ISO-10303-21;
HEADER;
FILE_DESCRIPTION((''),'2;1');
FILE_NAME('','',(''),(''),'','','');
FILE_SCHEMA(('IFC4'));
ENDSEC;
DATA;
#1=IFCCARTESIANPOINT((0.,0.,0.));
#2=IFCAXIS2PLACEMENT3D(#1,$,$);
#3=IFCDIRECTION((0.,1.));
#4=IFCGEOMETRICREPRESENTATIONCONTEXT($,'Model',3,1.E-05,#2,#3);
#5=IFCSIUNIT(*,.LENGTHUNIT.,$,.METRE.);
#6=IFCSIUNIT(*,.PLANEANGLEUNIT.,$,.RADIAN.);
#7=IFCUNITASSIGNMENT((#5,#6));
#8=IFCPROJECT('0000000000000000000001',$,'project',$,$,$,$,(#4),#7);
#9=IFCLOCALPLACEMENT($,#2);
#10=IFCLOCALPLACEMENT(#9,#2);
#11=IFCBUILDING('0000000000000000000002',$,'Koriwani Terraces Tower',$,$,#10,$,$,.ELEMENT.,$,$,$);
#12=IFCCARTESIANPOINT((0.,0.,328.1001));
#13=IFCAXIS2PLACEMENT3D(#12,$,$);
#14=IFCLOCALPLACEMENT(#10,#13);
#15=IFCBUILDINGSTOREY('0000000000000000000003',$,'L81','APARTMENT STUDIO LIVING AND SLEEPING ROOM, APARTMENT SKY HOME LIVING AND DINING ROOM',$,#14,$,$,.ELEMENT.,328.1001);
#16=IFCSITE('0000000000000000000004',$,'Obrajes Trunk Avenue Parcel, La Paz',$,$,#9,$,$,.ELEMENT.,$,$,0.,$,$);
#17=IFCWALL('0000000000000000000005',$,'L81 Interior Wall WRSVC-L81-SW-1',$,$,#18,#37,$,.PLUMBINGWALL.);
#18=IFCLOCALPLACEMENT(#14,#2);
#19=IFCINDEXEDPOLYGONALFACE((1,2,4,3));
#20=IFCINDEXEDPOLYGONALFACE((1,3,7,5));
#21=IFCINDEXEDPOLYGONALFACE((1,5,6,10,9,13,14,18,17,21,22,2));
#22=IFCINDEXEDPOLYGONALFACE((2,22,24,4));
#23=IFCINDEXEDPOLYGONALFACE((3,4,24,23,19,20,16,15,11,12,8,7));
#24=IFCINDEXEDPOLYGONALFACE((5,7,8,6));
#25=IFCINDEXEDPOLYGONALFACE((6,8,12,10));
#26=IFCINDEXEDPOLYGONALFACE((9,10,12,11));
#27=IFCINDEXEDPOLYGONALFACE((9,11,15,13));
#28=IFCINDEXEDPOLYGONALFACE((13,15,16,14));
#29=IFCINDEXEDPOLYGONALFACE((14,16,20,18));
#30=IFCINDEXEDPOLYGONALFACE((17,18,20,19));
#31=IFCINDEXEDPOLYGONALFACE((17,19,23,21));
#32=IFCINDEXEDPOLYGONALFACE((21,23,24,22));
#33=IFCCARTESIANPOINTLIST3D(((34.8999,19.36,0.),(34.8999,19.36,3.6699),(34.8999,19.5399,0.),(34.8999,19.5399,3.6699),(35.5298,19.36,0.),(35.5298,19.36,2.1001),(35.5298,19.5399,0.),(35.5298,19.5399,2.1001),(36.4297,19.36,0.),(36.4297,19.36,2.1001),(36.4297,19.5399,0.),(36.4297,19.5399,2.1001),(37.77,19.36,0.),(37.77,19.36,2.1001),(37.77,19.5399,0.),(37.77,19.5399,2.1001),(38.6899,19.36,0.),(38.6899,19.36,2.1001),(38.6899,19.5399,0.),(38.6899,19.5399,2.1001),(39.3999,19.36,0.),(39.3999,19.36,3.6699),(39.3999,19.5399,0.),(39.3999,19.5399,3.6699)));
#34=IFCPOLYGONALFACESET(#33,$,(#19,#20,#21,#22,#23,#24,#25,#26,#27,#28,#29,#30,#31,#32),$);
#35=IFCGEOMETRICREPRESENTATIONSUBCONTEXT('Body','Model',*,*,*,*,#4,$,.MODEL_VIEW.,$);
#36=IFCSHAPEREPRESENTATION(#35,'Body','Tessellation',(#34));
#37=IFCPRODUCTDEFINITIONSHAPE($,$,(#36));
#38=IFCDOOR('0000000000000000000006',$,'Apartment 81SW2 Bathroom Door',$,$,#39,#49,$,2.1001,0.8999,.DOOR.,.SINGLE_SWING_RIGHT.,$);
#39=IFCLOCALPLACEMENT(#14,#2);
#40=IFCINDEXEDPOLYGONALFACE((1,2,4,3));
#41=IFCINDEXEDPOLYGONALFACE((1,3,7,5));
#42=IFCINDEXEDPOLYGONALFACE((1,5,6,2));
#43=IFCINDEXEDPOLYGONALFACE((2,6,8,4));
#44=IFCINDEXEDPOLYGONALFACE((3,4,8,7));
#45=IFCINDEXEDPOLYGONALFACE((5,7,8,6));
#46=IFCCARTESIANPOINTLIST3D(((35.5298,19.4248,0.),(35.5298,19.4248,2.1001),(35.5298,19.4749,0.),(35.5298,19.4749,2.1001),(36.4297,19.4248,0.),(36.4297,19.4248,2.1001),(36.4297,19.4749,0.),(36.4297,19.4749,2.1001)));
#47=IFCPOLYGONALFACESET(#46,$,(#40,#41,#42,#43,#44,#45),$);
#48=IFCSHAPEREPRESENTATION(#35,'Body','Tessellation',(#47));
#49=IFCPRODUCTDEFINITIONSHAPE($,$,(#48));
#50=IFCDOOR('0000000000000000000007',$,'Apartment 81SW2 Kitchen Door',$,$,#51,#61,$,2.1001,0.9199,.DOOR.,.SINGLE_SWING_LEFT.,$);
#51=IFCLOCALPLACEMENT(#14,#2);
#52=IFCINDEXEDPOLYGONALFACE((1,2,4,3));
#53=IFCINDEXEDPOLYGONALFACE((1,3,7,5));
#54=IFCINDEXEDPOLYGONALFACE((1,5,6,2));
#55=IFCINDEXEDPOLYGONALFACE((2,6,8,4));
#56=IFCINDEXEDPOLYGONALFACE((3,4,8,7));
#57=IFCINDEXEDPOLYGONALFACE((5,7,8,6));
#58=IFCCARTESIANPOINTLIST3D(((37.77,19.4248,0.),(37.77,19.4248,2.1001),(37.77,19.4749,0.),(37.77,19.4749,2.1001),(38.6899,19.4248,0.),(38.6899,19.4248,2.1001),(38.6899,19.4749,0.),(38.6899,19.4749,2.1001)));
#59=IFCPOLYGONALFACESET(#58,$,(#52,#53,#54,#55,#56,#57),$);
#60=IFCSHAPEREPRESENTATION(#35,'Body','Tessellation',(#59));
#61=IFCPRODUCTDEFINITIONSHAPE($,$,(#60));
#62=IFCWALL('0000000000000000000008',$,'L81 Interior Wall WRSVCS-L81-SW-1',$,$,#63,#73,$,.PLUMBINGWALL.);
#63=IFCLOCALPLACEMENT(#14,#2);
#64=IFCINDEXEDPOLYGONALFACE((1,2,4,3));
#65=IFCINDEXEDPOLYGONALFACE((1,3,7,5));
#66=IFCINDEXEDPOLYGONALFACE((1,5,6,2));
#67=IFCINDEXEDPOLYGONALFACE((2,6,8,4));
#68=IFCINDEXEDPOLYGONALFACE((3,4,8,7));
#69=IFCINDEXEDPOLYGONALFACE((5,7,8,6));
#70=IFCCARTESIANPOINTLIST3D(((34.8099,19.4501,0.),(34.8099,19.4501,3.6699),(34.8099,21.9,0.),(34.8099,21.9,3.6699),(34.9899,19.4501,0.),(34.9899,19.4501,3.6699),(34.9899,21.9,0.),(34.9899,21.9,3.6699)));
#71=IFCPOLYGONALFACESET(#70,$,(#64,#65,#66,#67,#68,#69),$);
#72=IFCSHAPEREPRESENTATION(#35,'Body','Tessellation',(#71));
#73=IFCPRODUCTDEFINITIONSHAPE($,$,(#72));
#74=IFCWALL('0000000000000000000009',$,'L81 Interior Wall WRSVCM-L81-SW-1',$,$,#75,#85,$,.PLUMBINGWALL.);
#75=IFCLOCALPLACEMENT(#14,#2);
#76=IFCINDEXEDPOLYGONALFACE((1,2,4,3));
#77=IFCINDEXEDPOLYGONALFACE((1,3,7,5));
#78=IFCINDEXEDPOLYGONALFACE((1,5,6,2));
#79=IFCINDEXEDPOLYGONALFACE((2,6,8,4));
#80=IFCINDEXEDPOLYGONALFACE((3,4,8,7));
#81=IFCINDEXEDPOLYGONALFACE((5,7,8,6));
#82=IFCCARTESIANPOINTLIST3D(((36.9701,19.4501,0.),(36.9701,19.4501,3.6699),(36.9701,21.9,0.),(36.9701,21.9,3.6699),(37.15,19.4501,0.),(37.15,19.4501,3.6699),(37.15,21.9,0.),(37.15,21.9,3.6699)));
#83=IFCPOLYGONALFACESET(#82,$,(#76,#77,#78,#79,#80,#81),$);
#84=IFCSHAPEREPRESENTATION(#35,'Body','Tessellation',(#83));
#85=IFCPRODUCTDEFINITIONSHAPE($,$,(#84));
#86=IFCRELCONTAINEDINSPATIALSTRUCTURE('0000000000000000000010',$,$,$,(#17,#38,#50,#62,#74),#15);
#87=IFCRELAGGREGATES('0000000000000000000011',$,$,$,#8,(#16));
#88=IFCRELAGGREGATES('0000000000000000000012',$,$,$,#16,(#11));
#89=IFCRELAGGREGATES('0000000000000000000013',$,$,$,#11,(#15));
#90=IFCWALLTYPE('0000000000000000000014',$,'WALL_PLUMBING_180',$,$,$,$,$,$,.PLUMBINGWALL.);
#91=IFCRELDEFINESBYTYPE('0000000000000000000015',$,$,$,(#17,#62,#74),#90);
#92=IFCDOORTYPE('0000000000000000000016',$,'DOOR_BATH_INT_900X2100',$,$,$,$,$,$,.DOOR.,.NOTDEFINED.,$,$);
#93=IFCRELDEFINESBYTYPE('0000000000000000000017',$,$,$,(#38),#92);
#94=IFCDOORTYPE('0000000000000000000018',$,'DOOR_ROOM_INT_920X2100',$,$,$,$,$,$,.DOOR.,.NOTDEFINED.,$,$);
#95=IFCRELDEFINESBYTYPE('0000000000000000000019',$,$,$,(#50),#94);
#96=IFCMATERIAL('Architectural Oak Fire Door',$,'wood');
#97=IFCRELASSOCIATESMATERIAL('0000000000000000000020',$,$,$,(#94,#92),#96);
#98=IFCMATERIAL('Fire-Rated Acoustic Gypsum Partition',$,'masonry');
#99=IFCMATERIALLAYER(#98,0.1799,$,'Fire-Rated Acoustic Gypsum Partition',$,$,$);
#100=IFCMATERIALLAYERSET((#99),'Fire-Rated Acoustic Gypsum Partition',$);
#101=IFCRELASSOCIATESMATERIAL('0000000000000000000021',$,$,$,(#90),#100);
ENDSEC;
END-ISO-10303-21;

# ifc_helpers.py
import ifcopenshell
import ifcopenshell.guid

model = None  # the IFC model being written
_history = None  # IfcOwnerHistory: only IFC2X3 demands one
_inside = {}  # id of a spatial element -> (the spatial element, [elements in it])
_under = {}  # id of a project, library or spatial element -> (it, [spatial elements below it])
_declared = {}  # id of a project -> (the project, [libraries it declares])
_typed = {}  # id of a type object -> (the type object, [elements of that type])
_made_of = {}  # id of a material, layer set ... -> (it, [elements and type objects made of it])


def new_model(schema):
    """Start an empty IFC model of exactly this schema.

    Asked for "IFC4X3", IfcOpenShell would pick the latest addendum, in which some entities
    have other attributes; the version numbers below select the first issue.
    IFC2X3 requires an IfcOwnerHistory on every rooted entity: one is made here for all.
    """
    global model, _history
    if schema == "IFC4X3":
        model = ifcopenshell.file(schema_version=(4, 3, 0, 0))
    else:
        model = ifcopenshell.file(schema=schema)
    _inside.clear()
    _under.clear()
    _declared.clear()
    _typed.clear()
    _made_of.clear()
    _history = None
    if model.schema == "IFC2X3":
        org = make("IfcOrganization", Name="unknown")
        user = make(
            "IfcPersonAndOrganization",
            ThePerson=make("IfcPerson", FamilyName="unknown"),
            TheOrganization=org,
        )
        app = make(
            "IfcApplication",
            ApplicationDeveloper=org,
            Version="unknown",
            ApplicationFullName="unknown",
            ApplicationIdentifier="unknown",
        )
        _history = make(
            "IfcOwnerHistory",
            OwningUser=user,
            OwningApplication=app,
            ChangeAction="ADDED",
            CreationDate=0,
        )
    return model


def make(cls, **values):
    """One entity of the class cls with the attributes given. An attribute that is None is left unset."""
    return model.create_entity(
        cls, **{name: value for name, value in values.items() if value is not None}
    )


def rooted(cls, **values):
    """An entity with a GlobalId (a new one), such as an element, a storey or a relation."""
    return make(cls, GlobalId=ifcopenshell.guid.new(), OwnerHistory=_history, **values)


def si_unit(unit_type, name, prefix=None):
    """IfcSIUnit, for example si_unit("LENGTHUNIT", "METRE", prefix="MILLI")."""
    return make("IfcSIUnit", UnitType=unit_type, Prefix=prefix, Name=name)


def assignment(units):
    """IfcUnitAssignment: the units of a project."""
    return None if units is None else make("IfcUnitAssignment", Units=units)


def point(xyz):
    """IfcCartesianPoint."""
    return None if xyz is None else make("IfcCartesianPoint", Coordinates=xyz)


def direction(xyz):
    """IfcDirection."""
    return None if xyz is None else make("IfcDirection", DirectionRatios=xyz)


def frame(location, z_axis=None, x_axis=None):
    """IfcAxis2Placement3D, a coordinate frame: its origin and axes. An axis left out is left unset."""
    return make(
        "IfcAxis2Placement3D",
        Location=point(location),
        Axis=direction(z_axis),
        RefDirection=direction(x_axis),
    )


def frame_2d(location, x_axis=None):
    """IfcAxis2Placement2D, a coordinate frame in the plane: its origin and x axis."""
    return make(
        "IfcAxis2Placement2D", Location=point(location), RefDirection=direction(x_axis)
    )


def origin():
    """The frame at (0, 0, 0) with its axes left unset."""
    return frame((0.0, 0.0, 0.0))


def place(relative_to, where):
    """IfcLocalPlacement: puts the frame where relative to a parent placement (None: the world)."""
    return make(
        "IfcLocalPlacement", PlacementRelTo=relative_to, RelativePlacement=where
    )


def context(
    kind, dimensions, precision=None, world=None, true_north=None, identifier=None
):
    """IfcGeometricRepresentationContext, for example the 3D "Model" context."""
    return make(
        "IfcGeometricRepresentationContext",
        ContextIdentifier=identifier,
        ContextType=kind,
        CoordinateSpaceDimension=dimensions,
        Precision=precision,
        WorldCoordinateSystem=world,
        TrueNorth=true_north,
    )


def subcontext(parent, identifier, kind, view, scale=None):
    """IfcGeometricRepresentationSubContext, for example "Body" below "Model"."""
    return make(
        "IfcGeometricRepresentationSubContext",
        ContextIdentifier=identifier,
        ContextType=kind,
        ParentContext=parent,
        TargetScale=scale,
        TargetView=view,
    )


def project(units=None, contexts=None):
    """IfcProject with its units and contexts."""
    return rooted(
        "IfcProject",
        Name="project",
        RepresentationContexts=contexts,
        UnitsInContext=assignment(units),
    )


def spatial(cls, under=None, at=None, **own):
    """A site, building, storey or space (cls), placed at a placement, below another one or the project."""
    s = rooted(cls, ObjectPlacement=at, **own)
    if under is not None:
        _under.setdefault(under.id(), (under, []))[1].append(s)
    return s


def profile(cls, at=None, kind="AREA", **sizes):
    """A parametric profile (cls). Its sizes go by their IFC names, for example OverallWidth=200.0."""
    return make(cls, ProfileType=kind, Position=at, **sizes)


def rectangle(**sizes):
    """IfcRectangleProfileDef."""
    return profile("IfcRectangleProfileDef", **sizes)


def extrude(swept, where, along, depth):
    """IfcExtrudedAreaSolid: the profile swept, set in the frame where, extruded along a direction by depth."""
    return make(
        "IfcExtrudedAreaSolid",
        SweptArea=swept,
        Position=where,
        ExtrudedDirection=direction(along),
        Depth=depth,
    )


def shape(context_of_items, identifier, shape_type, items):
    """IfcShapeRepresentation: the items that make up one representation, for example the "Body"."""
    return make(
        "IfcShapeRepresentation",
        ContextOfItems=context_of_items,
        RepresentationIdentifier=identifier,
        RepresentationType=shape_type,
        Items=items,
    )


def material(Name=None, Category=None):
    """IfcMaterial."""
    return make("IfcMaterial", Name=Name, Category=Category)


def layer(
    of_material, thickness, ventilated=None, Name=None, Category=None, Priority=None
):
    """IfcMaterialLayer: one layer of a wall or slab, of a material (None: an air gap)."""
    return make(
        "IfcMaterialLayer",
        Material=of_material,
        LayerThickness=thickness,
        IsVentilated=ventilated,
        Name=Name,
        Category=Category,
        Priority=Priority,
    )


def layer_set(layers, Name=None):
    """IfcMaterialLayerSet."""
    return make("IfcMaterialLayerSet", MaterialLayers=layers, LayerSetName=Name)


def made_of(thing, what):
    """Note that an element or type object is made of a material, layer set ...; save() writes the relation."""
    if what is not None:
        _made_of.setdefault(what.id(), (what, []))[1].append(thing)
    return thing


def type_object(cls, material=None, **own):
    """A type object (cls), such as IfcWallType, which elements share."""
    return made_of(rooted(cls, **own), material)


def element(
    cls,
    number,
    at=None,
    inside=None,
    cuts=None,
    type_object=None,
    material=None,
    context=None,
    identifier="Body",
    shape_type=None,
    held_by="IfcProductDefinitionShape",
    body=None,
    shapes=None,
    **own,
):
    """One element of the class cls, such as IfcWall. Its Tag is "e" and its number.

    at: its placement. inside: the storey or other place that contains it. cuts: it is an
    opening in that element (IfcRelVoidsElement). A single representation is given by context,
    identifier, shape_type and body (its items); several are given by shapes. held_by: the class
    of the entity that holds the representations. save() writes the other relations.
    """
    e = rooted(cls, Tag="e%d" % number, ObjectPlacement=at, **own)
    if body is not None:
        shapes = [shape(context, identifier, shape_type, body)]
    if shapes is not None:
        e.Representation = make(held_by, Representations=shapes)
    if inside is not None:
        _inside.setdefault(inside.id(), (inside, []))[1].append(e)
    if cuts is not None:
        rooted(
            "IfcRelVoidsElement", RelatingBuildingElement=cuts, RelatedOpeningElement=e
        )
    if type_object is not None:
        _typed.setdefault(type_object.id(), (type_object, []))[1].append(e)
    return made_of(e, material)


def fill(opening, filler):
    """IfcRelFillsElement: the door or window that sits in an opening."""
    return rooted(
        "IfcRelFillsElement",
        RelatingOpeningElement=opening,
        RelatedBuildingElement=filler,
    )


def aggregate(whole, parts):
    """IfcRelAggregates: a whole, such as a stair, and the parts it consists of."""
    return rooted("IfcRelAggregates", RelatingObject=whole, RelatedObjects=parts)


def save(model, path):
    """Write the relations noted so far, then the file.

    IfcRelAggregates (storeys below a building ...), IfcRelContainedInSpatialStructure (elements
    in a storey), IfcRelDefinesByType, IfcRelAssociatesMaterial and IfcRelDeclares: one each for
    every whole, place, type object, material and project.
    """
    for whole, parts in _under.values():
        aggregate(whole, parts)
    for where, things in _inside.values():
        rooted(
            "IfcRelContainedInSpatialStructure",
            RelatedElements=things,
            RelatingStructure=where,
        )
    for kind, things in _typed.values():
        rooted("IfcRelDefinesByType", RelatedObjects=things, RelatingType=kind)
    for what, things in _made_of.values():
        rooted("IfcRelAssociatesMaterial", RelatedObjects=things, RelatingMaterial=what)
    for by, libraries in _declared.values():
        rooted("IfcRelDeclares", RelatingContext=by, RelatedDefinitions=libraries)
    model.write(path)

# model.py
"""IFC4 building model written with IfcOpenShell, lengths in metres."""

from ifc_helpers import new_model, si_unit, direction, frame, frame_2d, origin, place, context, subcontext, project, spatial, rectangle, extrude, material, layer, layer_set, type_object, element, fill, save


model = new_model("IFC4")

# Units and contexts
model_context = context("Model", 3, precision=1e-05, world=origin(), true_north=direction((0.0, 1.0)))
body_context = subcontext(model_context, "Body", "Model", "MODEL_VIEW")
ifc_project = project(units=[si_unit("LENGTHUNIT", "METRE"), si_unit("PLANEANGLEUNIT", "RADIAN")], contexts=[model_context])

# Site, building, storey
site_placement = place(None, origin())
site = spatial("IfcSite", under=ifc_project, at=site_placement, Name="Obrajes Trunk Avenue Parcel, La Paz", CompositionType="ELEMENT", RefElevation=0.0)
building_placement = place(site_placement, origin())
building = spatial("IfcBuilding", under=site, at=building_placement, Name="Koriwani Terraces Tower", CompositionType="ELEMENT")
storey_placement = place(building_placement, frame((0.0, 0.0, 328.1001)))
storey = spatial("IfcBuildingStorey", under=building, at=storey_placement, Name="L81", Description="APARTMENT STUDIO LIVING AND SLEEPING ROOM, APARTMENT SKY HOME LIVING AND DINING ROOM", CompositionType="ELEMENT", Elevation=328.1001)

# Shared definitions
ifc_material_1 = material(Name="Architectural Oak Fire Door", Category="wood")
door_type_1 = type_object("IfcDoorType", Name="DOOR_ROOM_INT_920X2100", OperationType="NOTDEFINED", PredefinedType="DOOR", material=ifc_material_1)

# Wall, openings, doors
ifc_material_2 = material(Name="Fire-Rated Acoustic Gypsum Partition", Category="masonry")
ifc_layer_1 = layer(ifc_material_2, 0.1799, Name="Fire-Rated Acoustic Gypsum Partition")
ifc_layer_set_1 = layer_set([ifc_layer_1], Name="Fire-Rated Acoustic Gypsum Partition")
wall_type_1 = type_object("IfcWallType", Name="WALL_PLUMBING_180", PredefinedType="PLUMBINGWALL", material=ifc_layer_set_1)
wall_1_placement = place(storey_placement, frame((34.8999, 19.45, 0.0), z_axis=(0.0, 0.0, 1.0), x_axis=(1.0, 0.0, 0.0)))
wall_1 = element("IfcWall", 1, at=wall_1_placement, inside=storey, type_object=wall_type_1, Name="L81 Interior Wall WRSVC-L81-SW-1", PredefinedType="PLUMBINGWALL", context=body_context, shape_type="SweptSolid", body=[
    extrude(rectangle(XDim=4.5, YDim=0.1799, at=frame_2d((2.25, 0.0))), origin(), (0.0, 0.0, 1.0), 3.6699),
])
opening_1_placement = place(wall_1_placement, frame((0.6299, 0.0, 0.0)))
opening_1 = element("IfcOpeningElement", 2, at=opening_1_placement, cuts=wall_1, PredefinedType="OPENING", context=body_context, shape_type="SweptSolid", body=[
    extrude(rectangle(XDim=0.8999, YDim=2.1001, at=frame_2d((0.45, 1.05))), frame((0.0, 0.1001, 0.0), z_axis=(0.0, -1.0, 0.0), x_axis=(1.0, 0.0, 0.0)), (0.0, 0.0, 1.0), 0.2),
])
opening_2_placement = place(wall_1_placement, frame((2.8701, 0.0, 0.0)))
opening_2 = element("IfcOpeningElement", 3, at=opening_2_placement, cuts=wall_1, PredefinedType="OPENING", context=body_context, shape_type="SweptSolid", body=[
    extrude(rectangle(XDim=0.9199, YDim=2.1001, at=frame_2d((0.46, 1.05))), frame((0.0, 0.1001, 0.0), z_axis=(0.0, -1.0, 0.0), x_axis=(1.0, 0.0, 0.0)), (0.0, 0.0, 1.0), 0.2),
])
door_type_2 = type_object("IfcDoorType", Name="DOOR_BATH_INT_900X2100", OperationType="NOTDEFINED", PredefinedType="DOOR", material=ifc_material_1)
door_1_placement = place(opening_1_placement, origin())
door_1 = element("IfcDoor", 4, at=door_1_placement, inside=storey, type_object=door_type_2, Name="Apartment 81SW2 Bathroom Door", OperationType="SINGLE_SWING_RIGHT", OverallHeight=2.1001, OverallWidth=0.8999, PredefinedType="DOOR", context=body_context, shape_type="SweptSolid", body=[
    extrude(rectangle(XDim=0.8999, YDim=2.1001, at=frame_2d((0.45, 1.05))), frame((0.0, 0.0249, 0.0), z_axis=(0.0, -1.0, 0.0), x_axis=(1.0, 0.0, 0.0)), (0.0, 0.0, 1.0), 0.05),
])
fill(opening_1, door_1)
door_2_placement = place(opening_2_placement, origin())
door_2 = element("IfcDoor", 5, at=door_2_placement, inside=storey, type_object=door_type_1, Name="Apartment 81SW2 Kitchen Door", OperationType="SINGLE_SWING_LEFT", OverallHeight=2.1001, OverallWidth=0.9199, PredefinedType="DOOR", context=body_context, shape_type="SweptSolid", body=[
    extrude(rectangle(XDim=0.9199, YDim=2.1001, at=frame_2d((0.46, 1.05))), frame((0.0, 0.0249, 0.0), z_axis=(0.0, -1.0, 0.0), x_axis=(1.0, 0.0, 0.0)), (0.0, 0.0, 1.0), 0.05),
])
fill(opening_2, door_2)

# Walls
for number, where, z_axis, x_axis, name in (
    (6, (34.8999, 19.45, 0.0), (0.0, 0.0, 1.0), (0.0, 1.0, 0.0), "L81 Interior Wall WRSVCS-L81-SW-1"),
    (7, (37.0601, 19.45, 0.0), (0.0, 0.0, 1.0), (0.0, 1.0, 0.0), "L81 Interior Wall WRSVCM-L81-SW-1"),
):
    element("IfcWall", number, at=place(storey_placement, frame(where, z_axis=z_axis, x_axis=x_axis)), inside=storey, type_object=wall_type_1, Name=name, PredefinedType="PLUMBINGWALL", context=body_context, shape_type="SweptSolid", body=[
        extrude(rectangle(XDim=2.45, YDim=0.1799, at=frame_2d((1.2251, 0.0))), origin(), (0.0, 0.0, 1.0), 3.6699),
    ])

save(model, "model.ifc")
